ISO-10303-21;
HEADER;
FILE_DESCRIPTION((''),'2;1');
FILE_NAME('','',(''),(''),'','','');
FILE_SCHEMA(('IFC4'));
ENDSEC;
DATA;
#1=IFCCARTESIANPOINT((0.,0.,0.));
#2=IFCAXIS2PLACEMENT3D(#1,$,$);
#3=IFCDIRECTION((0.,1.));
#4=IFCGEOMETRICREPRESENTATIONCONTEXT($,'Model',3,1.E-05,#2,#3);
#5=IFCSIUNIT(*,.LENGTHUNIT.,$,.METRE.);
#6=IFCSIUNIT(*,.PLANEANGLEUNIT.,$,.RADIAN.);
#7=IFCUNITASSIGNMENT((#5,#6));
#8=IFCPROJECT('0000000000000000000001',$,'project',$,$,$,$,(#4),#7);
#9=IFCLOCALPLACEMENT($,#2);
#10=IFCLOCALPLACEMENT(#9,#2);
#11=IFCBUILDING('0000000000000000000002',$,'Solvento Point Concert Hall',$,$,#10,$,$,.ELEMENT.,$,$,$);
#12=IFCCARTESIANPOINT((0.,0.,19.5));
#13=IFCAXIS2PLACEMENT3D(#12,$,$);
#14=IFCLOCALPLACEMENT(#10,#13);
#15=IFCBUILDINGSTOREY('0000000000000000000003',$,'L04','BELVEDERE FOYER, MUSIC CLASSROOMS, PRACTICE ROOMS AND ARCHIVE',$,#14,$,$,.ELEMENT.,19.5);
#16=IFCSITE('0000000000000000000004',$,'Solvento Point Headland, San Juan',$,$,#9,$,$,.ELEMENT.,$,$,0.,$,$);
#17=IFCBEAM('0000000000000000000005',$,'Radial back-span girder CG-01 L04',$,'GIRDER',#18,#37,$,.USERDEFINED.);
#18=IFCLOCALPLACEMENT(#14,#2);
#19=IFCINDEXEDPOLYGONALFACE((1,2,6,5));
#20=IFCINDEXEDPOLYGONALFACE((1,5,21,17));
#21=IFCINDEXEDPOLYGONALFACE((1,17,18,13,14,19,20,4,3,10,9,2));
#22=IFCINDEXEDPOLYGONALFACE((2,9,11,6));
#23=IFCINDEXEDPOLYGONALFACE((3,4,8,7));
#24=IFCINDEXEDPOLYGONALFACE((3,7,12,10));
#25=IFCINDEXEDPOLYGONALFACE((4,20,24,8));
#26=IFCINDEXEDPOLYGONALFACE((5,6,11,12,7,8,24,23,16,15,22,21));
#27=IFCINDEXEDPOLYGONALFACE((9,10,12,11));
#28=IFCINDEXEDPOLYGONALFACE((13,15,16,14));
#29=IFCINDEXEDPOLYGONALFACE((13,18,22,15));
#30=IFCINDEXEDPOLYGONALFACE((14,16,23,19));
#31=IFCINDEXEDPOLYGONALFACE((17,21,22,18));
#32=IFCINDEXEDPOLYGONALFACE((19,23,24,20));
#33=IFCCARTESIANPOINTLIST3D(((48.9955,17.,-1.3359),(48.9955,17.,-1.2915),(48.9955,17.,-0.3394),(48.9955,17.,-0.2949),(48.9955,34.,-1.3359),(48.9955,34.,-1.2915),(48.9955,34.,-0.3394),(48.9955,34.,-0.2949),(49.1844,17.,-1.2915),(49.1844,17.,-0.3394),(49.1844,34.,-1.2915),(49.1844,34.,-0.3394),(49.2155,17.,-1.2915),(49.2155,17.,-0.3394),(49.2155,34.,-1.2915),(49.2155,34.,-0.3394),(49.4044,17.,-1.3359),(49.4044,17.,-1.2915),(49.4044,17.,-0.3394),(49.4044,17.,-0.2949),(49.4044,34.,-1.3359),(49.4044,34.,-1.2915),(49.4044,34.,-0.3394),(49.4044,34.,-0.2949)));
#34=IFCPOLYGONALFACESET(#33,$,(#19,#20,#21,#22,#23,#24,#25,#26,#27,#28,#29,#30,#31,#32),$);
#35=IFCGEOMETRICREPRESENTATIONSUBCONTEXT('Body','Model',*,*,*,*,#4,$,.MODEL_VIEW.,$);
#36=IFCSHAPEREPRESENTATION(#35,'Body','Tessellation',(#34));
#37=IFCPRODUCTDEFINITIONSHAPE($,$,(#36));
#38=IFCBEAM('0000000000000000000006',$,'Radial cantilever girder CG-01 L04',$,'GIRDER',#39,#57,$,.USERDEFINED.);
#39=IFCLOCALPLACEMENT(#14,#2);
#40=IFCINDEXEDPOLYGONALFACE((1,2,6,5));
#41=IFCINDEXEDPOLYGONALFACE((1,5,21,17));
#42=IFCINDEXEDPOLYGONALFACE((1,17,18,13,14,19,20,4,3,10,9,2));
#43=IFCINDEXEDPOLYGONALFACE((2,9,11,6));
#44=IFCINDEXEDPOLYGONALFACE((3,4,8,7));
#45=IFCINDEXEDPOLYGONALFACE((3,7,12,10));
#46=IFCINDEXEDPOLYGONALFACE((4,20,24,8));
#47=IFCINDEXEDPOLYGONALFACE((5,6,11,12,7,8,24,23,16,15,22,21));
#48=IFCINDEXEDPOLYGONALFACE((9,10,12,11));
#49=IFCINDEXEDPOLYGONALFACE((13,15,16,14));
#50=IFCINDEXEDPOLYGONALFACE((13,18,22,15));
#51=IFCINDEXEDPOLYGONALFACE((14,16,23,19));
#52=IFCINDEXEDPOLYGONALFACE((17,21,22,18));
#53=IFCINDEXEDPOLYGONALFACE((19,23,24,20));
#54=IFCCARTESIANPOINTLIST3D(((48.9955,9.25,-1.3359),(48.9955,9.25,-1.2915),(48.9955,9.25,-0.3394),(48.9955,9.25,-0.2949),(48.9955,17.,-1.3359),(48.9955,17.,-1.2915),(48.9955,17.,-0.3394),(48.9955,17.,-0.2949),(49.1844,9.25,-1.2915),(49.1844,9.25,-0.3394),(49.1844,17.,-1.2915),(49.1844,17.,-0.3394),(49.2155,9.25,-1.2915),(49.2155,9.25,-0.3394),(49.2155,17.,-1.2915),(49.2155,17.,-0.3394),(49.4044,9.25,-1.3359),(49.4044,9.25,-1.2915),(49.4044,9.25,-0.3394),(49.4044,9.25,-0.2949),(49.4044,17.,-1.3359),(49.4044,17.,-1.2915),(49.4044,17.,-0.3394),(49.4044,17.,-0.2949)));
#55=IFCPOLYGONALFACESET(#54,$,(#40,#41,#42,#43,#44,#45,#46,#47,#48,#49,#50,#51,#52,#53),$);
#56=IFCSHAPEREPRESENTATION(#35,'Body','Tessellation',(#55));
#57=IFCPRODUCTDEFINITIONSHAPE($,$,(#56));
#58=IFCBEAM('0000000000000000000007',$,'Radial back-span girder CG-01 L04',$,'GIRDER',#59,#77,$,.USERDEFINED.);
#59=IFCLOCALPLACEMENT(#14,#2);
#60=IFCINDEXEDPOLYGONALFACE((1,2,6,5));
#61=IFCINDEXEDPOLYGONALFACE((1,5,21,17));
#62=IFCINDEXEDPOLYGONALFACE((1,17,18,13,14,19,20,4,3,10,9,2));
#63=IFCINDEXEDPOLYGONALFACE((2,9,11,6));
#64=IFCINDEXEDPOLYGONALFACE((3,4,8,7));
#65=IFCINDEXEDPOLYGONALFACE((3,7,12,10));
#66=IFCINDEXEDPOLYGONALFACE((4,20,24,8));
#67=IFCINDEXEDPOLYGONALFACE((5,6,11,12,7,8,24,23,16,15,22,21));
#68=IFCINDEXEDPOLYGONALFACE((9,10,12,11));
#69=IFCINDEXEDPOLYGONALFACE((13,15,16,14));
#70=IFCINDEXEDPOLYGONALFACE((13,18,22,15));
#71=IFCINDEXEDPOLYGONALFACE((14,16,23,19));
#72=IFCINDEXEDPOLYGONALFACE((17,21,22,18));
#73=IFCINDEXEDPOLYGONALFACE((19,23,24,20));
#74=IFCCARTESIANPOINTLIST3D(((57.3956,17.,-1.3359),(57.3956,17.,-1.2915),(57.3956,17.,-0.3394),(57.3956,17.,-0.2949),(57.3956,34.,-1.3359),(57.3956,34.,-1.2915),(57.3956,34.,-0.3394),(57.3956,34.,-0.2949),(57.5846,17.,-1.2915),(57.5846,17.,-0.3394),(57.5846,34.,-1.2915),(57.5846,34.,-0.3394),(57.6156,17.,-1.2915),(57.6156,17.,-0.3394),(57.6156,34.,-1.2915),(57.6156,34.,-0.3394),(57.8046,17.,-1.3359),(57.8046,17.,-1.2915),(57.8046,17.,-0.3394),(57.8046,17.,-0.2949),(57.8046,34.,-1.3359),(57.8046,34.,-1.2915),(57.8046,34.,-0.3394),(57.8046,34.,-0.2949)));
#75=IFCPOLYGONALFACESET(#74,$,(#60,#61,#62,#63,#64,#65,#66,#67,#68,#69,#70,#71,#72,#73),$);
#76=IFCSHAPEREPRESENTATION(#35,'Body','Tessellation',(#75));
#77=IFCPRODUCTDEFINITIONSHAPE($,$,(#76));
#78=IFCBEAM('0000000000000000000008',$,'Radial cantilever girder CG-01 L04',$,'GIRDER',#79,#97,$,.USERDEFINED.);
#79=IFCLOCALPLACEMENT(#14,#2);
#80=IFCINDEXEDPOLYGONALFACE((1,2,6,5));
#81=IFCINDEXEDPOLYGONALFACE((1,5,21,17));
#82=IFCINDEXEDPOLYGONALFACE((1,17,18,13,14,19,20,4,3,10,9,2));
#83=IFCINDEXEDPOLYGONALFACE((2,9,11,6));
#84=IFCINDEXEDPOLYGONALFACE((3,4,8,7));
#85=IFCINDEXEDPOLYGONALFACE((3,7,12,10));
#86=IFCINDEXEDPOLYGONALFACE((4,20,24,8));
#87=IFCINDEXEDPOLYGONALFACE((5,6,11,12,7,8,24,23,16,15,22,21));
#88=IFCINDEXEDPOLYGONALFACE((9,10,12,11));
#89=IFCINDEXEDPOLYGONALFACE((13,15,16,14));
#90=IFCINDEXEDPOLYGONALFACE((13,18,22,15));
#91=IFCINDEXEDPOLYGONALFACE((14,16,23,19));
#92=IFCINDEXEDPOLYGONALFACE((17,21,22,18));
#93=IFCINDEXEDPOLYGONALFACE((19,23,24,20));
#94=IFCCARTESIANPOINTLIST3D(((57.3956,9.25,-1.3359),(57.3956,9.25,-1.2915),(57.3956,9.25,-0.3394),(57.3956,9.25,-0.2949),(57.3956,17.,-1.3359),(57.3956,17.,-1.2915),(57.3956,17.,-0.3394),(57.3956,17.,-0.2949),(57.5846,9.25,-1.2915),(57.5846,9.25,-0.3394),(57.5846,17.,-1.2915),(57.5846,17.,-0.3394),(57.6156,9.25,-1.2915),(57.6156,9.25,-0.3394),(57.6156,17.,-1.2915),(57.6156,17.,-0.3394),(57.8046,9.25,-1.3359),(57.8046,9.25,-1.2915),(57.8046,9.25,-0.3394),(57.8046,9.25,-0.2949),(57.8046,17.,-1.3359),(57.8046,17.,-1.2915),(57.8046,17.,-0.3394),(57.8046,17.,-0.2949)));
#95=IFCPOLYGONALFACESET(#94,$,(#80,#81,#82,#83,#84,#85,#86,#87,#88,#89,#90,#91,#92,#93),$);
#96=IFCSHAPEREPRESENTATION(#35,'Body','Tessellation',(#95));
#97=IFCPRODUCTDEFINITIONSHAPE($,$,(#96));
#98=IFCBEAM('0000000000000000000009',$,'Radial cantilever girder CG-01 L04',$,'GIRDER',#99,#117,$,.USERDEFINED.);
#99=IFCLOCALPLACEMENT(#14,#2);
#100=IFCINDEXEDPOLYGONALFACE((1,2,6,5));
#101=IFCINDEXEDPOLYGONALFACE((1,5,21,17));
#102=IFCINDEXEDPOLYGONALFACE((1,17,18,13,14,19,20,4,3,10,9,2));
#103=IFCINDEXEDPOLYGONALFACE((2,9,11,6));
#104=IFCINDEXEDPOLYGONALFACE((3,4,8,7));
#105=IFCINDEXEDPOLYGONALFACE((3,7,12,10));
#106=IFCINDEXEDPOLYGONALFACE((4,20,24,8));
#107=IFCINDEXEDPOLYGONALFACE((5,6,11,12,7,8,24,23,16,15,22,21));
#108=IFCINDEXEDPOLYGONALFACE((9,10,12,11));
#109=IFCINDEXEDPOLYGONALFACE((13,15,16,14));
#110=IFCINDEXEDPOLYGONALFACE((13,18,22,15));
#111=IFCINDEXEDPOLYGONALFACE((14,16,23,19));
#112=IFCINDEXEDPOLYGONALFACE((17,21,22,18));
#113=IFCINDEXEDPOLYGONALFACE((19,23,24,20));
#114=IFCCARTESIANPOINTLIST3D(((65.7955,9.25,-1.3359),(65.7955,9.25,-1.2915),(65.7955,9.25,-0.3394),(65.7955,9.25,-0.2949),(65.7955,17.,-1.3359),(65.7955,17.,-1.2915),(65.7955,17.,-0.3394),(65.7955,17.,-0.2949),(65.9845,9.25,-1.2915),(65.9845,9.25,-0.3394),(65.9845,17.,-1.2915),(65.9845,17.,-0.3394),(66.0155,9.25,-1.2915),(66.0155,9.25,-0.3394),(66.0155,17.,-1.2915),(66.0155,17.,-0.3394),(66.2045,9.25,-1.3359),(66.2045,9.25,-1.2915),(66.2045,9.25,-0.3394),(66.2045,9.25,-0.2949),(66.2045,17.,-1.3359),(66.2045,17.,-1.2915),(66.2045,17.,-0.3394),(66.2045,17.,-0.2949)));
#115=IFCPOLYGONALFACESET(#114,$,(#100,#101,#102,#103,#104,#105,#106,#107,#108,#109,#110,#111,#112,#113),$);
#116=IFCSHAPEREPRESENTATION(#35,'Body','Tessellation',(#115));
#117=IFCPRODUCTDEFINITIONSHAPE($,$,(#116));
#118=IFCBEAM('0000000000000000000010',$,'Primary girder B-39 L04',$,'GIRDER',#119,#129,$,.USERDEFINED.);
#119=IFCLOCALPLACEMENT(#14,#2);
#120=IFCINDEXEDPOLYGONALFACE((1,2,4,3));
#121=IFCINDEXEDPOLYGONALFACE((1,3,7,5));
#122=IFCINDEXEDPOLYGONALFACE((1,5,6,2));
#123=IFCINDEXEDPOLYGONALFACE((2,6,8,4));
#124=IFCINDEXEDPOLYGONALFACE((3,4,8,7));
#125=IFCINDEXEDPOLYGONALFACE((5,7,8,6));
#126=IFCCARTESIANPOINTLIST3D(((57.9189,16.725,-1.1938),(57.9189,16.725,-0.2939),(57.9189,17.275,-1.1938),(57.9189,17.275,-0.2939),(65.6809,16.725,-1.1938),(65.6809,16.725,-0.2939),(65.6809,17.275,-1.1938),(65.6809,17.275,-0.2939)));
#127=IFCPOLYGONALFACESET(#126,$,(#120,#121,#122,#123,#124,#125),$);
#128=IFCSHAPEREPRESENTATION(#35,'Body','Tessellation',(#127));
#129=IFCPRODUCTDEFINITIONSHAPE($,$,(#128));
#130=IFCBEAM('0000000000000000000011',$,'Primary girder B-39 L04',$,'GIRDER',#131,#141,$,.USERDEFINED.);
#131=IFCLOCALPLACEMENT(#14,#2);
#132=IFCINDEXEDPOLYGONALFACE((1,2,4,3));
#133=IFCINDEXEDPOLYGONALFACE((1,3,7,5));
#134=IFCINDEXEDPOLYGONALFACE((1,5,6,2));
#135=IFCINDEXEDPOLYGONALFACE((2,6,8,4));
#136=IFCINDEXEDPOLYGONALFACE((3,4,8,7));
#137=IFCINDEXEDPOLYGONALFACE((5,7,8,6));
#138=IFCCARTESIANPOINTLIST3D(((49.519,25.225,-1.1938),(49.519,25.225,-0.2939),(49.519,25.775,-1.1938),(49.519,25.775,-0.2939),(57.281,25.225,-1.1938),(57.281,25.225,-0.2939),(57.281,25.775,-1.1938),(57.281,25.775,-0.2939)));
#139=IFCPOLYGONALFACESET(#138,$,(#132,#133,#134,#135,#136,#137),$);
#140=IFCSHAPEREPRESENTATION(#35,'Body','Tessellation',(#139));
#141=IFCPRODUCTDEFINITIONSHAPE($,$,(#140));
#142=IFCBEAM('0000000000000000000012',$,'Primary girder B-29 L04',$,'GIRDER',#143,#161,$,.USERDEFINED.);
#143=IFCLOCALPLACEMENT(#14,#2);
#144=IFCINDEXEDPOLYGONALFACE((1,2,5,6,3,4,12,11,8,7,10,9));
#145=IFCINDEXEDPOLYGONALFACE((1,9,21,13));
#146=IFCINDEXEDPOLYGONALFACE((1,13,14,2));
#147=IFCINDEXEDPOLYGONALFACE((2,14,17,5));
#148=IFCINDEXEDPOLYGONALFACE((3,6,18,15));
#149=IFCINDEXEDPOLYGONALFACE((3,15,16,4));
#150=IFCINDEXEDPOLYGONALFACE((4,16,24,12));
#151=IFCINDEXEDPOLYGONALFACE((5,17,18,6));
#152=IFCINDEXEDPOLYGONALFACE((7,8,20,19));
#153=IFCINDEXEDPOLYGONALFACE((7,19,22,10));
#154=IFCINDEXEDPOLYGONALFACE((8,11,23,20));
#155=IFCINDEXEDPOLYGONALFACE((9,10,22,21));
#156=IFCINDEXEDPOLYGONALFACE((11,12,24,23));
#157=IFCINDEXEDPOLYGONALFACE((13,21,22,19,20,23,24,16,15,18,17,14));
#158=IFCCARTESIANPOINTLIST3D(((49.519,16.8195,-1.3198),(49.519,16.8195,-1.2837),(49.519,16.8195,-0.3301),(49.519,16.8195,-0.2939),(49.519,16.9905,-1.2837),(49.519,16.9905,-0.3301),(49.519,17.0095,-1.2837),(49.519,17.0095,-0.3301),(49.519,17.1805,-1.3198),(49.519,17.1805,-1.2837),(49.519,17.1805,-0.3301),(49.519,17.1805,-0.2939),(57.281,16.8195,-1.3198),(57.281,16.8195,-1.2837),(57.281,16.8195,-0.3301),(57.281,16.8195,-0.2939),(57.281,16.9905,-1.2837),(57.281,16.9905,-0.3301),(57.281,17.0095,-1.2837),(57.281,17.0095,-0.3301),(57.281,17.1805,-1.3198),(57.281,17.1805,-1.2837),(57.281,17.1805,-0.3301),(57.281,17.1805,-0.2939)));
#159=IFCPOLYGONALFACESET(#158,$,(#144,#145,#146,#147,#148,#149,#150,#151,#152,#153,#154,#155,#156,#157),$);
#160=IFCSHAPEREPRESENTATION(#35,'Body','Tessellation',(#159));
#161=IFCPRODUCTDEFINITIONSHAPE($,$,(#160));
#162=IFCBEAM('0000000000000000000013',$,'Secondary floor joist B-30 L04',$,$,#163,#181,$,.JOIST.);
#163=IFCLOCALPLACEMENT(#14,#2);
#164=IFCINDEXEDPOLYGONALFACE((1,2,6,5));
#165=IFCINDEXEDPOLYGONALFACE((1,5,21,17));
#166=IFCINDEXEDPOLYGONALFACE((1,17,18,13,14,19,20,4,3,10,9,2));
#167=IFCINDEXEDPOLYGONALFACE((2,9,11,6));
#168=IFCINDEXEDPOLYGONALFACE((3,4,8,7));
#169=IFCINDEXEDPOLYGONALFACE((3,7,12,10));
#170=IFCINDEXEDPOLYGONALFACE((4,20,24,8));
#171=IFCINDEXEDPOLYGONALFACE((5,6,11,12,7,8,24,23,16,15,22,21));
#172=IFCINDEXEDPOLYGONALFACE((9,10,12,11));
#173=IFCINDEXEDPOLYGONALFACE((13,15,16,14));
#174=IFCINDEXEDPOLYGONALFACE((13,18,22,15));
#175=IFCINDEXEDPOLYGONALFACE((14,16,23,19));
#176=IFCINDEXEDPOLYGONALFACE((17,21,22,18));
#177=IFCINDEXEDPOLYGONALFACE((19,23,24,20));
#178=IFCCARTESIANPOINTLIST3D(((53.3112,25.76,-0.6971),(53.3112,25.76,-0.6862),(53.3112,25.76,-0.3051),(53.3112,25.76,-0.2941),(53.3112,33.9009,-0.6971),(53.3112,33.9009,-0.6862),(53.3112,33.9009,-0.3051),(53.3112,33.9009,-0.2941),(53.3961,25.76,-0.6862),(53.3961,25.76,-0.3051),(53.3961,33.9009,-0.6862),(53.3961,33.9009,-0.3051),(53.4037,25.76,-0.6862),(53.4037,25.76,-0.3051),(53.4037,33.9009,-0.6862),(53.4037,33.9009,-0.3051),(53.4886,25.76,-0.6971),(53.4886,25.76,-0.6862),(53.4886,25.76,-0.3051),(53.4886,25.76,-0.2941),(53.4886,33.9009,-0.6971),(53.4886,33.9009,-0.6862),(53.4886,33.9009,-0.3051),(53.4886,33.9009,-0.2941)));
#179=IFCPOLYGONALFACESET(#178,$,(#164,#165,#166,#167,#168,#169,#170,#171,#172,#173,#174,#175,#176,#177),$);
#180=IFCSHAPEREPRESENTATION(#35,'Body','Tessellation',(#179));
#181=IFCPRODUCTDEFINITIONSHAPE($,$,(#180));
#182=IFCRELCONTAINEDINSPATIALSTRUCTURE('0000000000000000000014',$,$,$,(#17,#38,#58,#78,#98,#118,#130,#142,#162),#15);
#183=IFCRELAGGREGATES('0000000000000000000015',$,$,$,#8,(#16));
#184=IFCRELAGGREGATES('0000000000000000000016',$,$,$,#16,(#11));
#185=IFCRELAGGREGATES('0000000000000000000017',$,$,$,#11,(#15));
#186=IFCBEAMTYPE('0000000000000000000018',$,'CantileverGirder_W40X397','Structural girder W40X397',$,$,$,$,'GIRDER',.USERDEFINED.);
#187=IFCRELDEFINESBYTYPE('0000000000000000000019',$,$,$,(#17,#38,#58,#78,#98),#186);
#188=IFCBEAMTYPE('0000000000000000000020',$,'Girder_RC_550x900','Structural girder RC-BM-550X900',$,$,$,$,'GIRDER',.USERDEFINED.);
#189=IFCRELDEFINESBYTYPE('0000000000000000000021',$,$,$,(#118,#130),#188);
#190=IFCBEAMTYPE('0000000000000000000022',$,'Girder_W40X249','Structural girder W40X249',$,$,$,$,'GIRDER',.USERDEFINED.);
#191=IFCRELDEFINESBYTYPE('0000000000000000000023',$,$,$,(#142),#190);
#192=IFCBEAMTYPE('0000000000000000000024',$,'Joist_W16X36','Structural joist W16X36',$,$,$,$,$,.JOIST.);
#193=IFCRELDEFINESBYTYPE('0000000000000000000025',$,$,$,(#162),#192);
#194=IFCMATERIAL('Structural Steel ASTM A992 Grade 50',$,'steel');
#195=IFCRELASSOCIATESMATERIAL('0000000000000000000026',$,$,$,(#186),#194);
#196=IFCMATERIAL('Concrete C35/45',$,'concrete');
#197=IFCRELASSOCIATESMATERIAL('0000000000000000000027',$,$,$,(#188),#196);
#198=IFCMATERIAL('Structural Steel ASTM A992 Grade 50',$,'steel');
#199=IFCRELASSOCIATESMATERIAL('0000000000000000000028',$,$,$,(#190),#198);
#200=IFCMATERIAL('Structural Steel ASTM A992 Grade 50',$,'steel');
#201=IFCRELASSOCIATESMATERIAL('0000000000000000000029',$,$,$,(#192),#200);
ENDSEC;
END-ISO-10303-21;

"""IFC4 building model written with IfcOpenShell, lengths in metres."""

from ifc_helpers import new_model, si_unit, direction, frame, origin, origin_2d, place, context, subcontext, project, spatial, rectangle, i_section, extrude, material, material_profile, profile_set, type_object, element, save


model = new_model("IFC4")

# Units and contexts
model_context = context("Model", 3, precision=1e-05, world=origin(), true_north=direction((0.0, 1.0)))
body_context = subcontext(model_context, "Body", "Model", "MODEL_VIEW")
ifc_project = project(units=[si_unit("LENGTHUNIT", "METRE"), si_unit("PLANEANGLEUNIT", "RADIAN")], contexts=[model_context])

# Site, building, storey
site_placement = place(None, origin())
site = spatial("IfcSite", under=ifc_project, at=site_placement, Name="Solvento Point Headland, San Juan", CompositionType="ELEMENT", RefElevation=0.0)
building_placement = place(site_placement, origin())
building = spatial("IfcBuilding", under=site, at=building_placement, Name="Solvento Point Concert Hall", CompositionType="ELEMENT")
storey_placement = place(building_placement, frame((0.0, 0.0, 19.5)))
storey = spatial("IfcBuildingStorey", under=building, at=storey_placement, Name="L04", Description="BELVEDERE FOYER, MUSIC CLASSROOMS, PRACTICE ROOMS AND ARCHIVE", CompositionType="ELEMENT", Elevation=19.5)

# Beams
ifc_material_1 = material(Name="Structural Steel ASTM A992 Grade 50", Category="steel")
ifc_material_profile_1 = material_profile(ifc_material_1, i_section(OverallWidth=0.4089, OverallDepth=1.041, WebThickness=0.031, FlangeThickness=0.0444, at=origin_2d()), Name="W40X397")
ifc_profile_set_1 = profile_set([ifc_material_profile_1], Name="Structural Steel ASTM A992 Grade 50")
beam_type_1 = type_object("IfcBeamType", Name="CantileverGirder_W40X397", Description="Structural girder W40X397", ElementType="GIRDER", PredefinedType="USERDEFINED", material=ifc_profile_set_1)
beam_1_placement = place(storey_placement, frame((49.2, 34.0, -0.8154), z_axis=(0.0, -1.0, 0.0), x_axis=(1.0, 0.0, 0.0)))
element("IfcBeam", 1, at=beam_1_placement, inside=storey, type_object=beam_type_1, Name="Radial back-span girder CG-01 L04", ObjectType="GIRDER", PredefinedType="USERDEFINED", context=body_context, shape_type="SweptSolid", body=[
    extrude(i_section(OverallWidth=0.4089, OverallDepth=1.041, WebThickness=0.031, FlangeThickness=0.0444, at=origin_2d()), origin(), (0.0, 0.0, 1.0), 17.0),
])
beam_2_placement = place(storey_placement, frame((49.2, 17.0, -0.8154), z_axis=(0.0, -1.0, 0.0), x_axis=(1.0, 0.0, 0.0)))
element("IfcBeam", 2, at=beam_2_placement, inside=storey, type_object=beam_type_1, Name="Radial cantilever girder CG-01 L04", ObjectType="GIRDER", PredefinedType="USERDEFINED", context=body_context, shape_type="SweptSolid", body=[
    extrude(i_section(OverallWidth=0.4089, OverallDepth=1.041, WebThickness=0.031, FlangeThickness=0.0444, at=origin_2d()), origin(), (0.0, 0.0, 1.0), 7.75),
])
beam_3_placement = place(storey_placement, frame((57.6001, 34.0, -0.8154), z_axis=(0.0, -1.0, 0.0), x_axis=(1.0, 0.0, 0.0)))
element("IfcBeam", 3, at=beam_3_placement, inside=storey, type_object=beam_type_1, Name="Radial back-span girder CG-01 L04", ObjectType="GIRDER", PredefinedType="USERDEFINED", context=body_context, shape_type="SweptSolid", body=[
    extrude(i_section(OverallWidth=0.4089, OverallDepth=1.041, WebThickness=0.031, FlangeThickness=0.0444, at=origin_2d()), origin(), (0.0, 0.0, 1.0), 17.0),
])
for number, where, z_axis, x_axis, name in (
    (4, (57.6001, 17.0, -0.8154), (0.0, -1.0, 0.0), (1.0, 0.0, 0.0), "Radial cantilever girder CG-01 L04"),
    (5, (66.0, 17.0, -0.8154), (0.0, -1.0, 0.0), (1.0, 0.0, 0.0), "Radial cantilever girder CG-01 L04"),
):
    element("IfcBeam", number, at=place(storey_placement, frame(where, z_axis=z_axis, x_axis=x_axis)), inside=storey, type_object=beam_type_1, Name=name, ObjectType="GIRDER", PredefinedType="USERDEFINED", context=body_context, shape_type="SweptSolid", body=[
        extrude(i_section(OverallWidth=0.4089, OverallDepth=1.041, WebThickness=0.031, FlangeThickness=0.0444, at=origin_2d()), origin(), (0.0, 0.0, 1.0), 7.75),
    ])
ifc_material_2 = material(Name="Concrete C35/45", Category="concrete")
ifc_material_profile_2 = material_profile(ifc_material_2, rectangle(XDim=0.55, YDim=0.8999, at=origin_2d()), Name="RC-BM-550X900")
ifc_profile_set_2 = profile_set([ifc_material_profile_2], Name="Concrete C35/45")
beam_type_2 = type_object("IfcBeamType", Name="Girder_RC_550x900", Description="Structural girder RC-BM-550X900", ElementType="GIRDER", PredefinedType="USERDEFINED", material=ifc_profile_set_2)
for number, where, z_axis, x_axis, name in (
    (6, (57.9189, 17.0, -0.7439), (1.0, 0.0, 0.0), (0.0, 1.0, 0.0), "Primary girder B-39 L04"),
    (7, (49.519, 25.5, -0.7439), (1.0, 0.0, 0.0), (0.0, 1.0, 0.0), "Primary girder B-39 L04"),
):
    element("IfcBeam", number, at=place(storey_placement, frame(where, z_axis=z_axis, x_axis=x_axis)), inside=storey, type_object=beam_type_2, Name=name, ObjectType="GIRDER", PredefinedType="USERDEFINED", context=body_context, shape_type="SweptSolid", body=[
        extrude(rectangle(XDim=0.55, YDim=0.8999, at=origin_2d()), origin(), (0.0, 0.0, 1.0), 7.762),
    ])
ifc_material_3 = material(Name="Structural Steel ASTM A992 Grade 50", Category="steel")
ifc_material_profile_3 = material_profile(ifc_material_3, i_section(OverallWidth=0.3611, OverallDepth=1.0259, WebThickness=0.019, FlangeThickness=0.0361, at=origin_2d()), Name="W40X249")
ifc_profile_set_3 = profile_set([ifc_material_profile_3], Name="Structural Steel ASTM A992 Grade 50")
beam_type_3 = type_object("IfcBeamType", Name="Girder_W40X249", Description="Structural girder W40X249", ElementType="GIRDER", PredefinedType="USERDEFINED", material=ifc_profile_set_3)
beam_4_placement = place(storey_placement, frame((49.519, 17.0, -0.8069), z_axis=(1.0, 0.0, 0.0), x_axis=(0.0, 1.0, 0.0)))
element("IfcBeam", 8, at=beam_4_placement, inside=storey, type_object=beam_type_3, Name="Primary girder B-29 L04", ObjectType="GIRDER", PredefinedType="USERDEFINED", context=body_context, shape_type="SweptSolid", body=[
    extrude(i_section(OverallWidth=0.3611, OverallDepth=1.0259, WebThickness=0.019, FlangeThickness=0.0361, at=origin_2d()), origin(), (0.0, 0.0, 1.0), 7.762),
])
ifc_material_4 = material(Name="Structural Steel ASTM A992 Grade 50", Category="steel")
ifc_material_profile_4 = material_profile(ifc_material_4, i_section(OverallWidth=0.1775, OverallDepth=0.4031, WebThickness=0.0076, FlangeThickness=0.011, at=origin_2d()), Name="W16X36")
ifc_profile_set_4 = profile_set([ifc_material_profile_4], Name="Structural Steel ASTM A992 Grade 50")
beam_type_4 = type_object("IfcBeamType", Name="Joist_W16X36", Description="Structural joist W16X36", PredefinedType="JOIST", material=ifc_profile_set_4)
for number, where, z_axis, x_axis, name in (
    (9, (53.3999, 25.76, -0.4956), (0.0, 1.0, 0.0), (-1.0, 0.0, 0.0), "Secondary floor joist B-30 L04"),
):
    element("IfcBeam", number, at=place(storey_placement, frame(where, z_axis=z_axis, x_axis=x_axis)), inside=storey, type_object=beam_type_4, Name=name, PredefinedType="JOIST", context=body_context, shape_type="SweptSolid", body=[
        extrude(i_section(OverallWidth=0.1775, OverallDepth=0.4031, WebThickness=0.0076, FlangeThickness=0.011, at=origin_2d()), origin(), (0.0, 0.0, 1.0), 8.1409),
    ])

save(model, "model.ifc")
